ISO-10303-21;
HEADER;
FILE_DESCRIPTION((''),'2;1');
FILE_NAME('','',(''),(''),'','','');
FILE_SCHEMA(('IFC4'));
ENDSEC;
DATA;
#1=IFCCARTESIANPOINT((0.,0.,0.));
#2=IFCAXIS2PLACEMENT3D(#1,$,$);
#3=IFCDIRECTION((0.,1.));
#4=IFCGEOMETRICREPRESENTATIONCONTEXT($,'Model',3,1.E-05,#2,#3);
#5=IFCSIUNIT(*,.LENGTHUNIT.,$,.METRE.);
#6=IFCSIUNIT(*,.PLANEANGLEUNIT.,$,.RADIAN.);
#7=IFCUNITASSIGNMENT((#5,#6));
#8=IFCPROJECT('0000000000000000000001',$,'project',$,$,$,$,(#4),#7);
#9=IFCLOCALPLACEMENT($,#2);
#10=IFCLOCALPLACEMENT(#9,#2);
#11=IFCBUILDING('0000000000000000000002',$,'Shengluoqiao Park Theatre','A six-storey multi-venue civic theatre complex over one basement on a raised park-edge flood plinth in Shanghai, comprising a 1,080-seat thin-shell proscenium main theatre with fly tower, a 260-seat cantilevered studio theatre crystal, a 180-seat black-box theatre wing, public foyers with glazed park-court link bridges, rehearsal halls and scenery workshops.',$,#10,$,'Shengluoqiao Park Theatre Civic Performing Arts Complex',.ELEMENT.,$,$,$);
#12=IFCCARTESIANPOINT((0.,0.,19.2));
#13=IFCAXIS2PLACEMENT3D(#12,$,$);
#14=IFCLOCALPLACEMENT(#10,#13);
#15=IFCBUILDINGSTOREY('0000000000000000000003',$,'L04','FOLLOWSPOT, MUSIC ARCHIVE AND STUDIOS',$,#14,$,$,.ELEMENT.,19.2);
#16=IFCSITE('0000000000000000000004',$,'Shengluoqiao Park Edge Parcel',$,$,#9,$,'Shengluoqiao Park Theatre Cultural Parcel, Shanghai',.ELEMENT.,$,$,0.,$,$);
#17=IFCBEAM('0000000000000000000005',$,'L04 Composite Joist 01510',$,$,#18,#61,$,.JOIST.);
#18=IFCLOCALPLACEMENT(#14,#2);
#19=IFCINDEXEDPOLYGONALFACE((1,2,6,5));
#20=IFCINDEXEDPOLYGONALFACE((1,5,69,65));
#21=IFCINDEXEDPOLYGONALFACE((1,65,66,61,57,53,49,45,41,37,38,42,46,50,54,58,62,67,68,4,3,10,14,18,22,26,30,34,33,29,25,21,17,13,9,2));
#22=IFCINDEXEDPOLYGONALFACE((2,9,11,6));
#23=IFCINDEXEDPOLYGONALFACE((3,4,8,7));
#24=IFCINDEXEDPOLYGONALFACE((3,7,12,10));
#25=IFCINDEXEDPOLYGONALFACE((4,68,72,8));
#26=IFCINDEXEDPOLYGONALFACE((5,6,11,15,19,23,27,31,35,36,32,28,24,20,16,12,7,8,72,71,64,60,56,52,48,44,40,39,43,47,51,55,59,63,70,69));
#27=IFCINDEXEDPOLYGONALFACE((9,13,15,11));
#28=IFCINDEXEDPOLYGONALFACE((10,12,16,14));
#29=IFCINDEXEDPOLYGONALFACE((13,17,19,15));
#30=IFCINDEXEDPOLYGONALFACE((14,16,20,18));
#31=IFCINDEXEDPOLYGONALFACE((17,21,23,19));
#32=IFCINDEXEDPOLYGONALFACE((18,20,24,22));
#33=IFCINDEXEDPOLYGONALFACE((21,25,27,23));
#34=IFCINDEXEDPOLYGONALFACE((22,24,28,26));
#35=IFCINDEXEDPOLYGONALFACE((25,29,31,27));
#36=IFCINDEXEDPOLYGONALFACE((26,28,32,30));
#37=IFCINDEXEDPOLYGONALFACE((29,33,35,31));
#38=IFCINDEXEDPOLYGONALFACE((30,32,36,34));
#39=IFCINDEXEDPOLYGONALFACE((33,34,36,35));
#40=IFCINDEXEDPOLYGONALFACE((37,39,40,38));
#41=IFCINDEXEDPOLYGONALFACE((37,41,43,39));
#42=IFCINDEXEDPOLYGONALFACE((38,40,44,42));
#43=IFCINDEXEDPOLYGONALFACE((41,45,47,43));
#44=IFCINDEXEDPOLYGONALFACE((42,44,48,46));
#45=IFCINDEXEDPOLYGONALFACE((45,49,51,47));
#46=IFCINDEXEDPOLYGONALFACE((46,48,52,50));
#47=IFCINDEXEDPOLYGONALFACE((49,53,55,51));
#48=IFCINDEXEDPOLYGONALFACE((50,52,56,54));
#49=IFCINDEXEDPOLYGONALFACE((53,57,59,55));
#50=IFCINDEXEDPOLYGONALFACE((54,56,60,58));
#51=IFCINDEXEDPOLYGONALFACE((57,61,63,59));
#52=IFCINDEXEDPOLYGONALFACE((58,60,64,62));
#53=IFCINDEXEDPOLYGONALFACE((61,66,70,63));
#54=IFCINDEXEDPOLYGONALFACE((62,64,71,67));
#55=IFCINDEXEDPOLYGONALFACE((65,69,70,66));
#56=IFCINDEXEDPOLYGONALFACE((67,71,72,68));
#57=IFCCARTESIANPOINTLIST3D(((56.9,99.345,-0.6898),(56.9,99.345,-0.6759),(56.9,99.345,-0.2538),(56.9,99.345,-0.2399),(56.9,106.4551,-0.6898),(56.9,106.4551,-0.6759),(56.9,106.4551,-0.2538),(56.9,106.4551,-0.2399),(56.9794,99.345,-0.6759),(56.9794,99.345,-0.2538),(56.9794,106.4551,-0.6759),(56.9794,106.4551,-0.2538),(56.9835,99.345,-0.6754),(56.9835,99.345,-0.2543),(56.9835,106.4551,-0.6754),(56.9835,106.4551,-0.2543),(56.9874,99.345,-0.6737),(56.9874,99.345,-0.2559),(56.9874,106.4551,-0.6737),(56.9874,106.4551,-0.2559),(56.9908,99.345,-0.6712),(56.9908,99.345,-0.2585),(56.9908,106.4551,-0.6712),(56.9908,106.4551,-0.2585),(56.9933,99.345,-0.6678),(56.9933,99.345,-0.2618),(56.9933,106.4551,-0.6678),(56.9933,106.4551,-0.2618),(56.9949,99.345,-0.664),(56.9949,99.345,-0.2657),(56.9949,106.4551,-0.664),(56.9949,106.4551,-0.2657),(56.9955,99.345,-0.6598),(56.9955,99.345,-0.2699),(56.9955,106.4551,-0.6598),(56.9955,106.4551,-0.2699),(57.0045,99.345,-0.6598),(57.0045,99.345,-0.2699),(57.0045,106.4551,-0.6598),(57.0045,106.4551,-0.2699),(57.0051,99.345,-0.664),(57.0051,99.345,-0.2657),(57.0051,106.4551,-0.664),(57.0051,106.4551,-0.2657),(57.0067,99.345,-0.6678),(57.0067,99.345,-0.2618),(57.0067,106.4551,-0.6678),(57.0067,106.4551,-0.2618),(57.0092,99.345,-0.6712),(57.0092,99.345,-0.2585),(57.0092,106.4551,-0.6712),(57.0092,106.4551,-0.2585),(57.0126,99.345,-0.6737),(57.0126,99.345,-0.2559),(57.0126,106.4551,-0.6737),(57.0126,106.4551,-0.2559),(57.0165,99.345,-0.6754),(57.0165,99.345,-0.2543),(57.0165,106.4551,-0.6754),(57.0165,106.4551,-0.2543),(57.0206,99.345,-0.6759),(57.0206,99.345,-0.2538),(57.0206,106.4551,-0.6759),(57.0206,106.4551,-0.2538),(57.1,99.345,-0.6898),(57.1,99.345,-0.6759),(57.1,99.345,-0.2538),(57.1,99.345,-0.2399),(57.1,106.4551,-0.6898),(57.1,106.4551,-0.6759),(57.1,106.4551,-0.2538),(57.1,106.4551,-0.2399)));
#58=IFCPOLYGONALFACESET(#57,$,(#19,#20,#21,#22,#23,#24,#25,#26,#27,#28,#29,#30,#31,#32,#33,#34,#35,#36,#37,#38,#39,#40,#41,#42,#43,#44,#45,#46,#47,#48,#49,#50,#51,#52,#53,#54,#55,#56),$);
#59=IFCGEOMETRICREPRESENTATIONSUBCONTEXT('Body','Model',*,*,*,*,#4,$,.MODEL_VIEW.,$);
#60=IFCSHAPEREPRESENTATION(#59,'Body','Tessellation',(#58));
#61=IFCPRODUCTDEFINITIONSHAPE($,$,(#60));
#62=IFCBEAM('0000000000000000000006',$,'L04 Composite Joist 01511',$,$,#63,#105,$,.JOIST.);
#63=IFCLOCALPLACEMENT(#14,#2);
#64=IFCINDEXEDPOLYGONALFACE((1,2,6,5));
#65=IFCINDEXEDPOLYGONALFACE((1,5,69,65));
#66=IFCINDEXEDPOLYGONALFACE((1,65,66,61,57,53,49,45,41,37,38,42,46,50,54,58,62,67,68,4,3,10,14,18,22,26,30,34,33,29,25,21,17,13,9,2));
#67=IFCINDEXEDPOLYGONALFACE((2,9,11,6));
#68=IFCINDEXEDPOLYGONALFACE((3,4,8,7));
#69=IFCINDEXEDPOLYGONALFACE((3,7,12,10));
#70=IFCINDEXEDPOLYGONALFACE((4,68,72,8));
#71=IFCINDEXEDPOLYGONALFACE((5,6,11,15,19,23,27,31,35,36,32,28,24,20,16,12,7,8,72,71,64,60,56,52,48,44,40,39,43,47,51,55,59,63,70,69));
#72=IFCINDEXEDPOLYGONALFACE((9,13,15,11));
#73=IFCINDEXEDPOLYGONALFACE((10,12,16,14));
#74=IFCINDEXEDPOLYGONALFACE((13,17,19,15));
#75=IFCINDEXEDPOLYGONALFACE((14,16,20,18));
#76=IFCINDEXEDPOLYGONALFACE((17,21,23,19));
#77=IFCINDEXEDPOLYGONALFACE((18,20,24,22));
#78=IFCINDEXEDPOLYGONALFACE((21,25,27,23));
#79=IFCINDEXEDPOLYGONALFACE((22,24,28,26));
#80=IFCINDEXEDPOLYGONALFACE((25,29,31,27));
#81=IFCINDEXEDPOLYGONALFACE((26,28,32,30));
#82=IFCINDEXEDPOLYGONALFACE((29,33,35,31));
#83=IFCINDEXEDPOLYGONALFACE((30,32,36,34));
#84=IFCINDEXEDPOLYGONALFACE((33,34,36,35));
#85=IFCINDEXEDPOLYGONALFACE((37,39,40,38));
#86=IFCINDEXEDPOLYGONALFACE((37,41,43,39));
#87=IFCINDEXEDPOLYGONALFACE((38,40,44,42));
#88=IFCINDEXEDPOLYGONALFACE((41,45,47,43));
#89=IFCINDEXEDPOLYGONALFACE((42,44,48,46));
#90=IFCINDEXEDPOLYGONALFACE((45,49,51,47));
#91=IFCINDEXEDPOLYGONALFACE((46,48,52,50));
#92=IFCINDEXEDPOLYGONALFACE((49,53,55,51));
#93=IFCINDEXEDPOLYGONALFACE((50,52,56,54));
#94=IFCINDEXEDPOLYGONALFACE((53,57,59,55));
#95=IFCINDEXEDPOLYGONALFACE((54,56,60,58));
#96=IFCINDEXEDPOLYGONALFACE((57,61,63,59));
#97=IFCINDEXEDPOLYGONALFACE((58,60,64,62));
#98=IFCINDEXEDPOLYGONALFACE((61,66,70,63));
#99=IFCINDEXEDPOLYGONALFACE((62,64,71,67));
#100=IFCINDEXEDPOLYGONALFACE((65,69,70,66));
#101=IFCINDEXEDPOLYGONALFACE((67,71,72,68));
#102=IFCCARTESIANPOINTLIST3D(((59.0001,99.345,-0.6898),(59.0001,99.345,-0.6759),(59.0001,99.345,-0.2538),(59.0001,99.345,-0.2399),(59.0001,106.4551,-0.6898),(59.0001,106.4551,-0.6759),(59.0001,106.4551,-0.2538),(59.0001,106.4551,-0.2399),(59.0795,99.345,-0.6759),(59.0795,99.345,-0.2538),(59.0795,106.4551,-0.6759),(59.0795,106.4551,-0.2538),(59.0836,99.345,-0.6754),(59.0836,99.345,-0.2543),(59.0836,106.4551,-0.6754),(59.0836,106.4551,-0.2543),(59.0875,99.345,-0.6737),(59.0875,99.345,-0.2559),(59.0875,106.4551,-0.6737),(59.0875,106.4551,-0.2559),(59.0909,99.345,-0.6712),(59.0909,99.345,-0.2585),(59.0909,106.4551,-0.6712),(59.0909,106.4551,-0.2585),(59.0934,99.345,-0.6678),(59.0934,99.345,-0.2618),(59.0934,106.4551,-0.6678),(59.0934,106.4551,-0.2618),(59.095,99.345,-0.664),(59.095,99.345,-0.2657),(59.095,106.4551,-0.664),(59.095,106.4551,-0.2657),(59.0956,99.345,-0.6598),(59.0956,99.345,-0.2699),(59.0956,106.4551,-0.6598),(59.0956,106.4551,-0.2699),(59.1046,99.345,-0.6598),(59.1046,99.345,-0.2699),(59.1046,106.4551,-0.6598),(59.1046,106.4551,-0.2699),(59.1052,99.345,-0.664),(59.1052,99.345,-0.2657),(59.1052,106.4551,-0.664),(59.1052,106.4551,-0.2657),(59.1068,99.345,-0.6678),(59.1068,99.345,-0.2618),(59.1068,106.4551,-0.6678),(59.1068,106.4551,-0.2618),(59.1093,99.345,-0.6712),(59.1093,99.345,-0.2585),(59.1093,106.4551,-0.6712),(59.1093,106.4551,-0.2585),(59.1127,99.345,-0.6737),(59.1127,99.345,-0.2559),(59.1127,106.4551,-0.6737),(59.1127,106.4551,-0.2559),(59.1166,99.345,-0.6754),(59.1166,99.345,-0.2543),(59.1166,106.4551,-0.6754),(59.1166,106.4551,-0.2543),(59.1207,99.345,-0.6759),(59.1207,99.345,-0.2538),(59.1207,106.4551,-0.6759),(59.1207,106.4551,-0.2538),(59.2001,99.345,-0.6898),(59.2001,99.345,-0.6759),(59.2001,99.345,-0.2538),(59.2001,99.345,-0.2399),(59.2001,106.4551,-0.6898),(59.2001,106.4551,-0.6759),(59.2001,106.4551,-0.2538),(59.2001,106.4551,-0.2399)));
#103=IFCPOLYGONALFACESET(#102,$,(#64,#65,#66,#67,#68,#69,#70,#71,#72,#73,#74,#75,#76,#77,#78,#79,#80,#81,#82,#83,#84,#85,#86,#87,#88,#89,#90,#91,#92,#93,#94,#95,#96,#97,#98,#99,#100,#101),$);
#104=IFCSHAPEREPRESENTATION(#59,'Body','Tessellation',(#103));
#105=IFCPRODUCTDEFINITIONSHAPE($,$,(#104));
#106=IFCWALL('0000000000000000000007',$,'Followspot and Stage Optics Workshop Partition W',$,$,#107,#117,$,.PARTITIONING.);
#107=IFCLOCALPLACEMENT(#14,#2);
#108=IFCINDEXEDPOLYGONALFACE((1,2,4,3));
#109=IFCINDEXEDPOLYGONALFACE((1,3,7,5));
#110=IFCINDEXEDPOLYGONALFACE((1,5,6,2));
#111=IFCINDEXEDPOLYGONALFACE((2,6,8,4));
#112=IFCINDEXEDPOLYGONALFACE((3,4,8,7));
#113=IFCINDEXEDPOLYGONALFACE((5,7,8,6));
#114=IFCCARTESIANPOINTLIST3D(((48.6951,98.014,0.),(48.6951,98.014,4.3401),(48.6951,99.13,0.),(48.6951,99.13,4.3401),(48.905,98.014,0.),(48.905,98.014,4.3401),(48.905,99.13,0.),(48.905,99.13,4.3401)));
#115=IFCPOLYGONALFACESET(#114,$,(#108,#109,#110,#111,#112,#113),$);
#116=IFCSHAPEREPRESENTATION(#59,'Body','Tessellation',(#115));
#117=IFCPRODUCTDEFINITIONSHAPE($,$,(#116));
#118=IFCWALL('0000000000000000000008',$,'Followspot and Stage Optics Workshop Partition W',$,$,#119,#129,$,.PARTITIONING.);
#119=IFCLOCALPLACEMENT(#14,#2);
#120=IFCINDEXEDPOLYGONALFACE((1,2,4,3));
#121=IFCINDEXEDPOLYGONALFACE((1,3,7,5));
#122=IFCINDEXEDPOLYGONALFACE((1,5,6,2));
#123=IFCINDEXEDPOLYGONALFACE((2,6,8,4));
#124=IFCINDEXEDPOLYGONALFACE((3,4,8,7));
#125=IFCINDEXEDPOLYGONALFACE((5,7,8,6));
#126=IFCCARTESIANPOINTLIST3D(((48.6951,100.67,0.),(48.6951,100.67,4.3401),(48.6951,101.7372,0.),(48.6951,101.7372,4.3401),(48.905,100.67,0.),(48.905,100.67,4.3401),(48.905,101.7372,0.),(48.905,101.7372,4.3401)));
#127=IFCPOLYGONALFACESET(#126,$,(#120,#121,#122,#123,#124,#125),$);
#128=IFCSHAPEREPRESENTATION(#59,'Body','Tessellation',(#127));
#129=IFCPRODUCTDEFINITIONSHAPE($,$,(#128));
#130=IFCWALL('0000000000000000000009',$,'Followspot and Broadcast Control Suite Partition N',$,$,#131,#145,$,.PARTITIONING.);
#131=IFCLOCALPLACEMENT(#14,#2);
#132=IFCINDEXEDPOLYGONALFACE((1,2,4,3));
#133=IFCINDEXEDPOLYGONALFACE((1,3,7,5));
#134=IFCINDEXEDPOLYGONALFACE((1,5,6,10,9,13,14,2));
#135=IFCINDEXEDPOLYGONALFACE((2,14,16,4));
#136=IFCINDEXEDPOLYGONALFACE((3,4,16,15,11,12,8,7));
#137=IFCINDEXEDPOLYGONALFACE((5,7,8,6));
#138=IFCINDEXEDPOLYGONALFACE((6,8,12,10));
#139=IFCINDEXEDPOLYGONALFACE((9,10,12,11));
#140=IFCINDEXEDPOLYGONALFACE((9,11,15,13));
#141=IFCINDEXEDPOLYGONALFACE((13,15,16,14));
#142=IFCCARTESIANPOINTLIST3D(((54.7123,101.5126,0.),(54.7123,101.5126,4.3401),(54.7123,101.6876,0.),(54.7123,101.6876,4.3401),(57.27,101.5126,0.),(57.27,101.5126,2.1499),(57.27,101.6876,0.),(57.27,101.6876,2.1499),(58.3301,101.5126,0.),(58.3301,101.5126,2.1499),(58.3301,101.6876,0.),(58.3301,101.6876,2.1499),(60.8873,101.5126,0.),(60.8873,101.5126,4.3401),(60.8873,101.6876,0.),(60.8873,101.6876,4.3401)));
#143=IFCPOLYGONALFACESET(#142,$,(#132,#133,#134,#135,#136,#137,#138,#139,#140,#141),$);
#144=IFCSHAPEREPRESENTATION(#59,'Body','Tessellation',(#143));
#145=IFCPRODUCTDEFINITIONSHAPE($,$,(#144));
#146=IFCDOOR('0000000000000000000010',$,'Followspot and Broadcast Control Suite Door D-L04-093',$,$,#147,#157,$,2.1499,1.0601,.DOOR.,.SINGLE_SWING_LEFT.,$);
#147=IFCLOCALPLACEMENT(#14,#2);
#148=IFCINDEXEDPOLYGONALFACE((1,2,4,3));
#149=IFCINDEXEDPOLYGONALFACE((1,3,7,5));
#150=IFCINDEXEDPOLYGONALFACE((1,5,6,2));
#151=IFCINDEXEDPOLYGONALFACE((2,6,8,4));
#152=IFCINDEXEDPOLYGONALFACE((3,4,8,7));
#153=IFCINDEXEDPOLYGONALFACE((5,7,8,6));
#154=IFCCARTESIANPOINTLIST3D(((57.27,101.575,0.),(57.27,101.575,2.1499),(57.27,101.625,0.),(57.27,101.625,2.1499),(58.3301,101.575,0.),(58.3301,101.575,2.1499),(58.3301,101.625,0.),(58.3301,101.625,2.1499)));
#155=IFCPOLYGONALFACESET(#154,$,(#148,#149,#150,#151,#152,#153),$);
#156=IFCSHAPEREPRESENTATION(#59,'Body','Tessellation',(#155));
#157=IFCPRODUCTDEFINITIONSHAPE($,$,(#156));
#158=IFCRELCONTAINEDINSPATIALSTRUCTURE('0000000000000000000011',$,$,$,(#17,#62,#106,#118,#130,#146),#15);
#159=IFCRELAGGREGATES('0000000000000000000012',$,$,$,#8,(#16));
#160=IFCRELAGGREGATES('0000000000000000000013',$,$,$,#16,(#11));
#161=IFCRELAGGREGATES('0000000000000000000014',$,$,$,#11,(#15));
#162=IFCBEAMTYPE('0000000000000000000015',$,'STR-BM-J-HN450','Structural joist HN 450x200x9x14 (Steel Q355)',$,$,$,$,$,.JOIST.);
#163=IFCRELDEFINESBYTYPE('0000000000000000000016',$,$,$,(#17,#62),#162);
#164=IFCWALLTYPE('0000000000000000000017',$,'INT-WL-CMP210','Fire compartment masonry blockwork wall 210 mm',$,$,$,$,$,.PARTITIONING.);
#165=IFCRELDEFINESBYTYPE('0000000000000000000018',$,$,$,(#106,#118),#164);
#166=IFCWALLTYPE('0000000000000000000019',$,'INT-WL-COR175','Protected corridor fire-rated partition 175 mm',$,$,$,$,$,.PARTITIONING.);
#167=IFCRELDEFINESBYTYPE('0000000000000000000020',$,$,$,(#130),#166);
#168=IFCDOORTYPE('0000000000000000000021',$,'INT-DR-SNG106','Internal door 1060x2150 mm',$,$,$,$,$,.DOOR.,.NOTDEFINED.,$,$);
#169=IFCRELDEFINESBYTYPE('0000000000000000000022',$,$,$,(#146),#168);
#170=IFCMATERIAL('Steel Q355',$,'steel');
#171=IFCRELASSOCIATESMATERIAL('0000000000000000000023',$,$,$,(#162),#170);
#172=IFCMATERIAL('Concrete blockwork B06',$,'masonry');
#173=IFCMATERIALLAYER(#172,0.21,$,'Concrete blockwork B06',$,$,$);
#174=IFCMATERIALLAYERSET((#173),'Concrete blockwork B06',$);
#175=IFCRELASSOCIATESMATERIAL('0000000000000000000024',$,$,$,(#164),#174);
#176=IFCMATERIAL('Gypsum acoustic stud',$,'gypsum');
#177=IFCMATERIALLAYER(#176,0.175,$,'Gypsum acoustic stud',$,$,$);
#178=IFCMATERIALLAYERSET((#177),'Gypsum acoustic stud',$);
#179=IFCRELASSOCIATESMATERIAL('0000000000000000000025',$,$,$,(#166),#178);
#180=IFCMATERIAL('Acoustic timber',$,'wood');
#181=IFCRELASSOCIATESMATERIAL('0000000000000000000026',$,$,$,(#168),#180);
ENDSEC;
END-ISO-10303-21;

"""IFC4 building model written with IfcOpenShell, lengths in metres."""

from ifc_helpers import new_model, si_unit, direction, frame, frame_2d, origin, origin_2d, place, context, subcontext, project, spatial, rectangle, i_section, extrude, material, layer, layer_set, material_profile, profile_set, type_object, element, fill, save


model = new_model("IFC4")

# Units and contexts
model_context = context("Model", 3, precision=1e-05, world=origin(), true_north=direction((0.0, 1.0)))
body_context = subcontext(model_context, "Body", "Model", "MODEL_VIEW")
ifc_project = project(units=[si_unit("LENGTHUNIT", "METRE"), si_unit("PLANEANGLEUNIT", "RADIAN")], contexts=[model_context])

# Site, building, storey
site_placement = place(None, origin())
site = spatial("IfcSite", under=ifc_project, at=site_placement, Name="Shengluoqiao Park Edge Parcel", LongName="Shengluoqiao Park Theatre Cultural Parcel, Shanghai", CompositionType="ELEMENT", RefElevation=0.0)
building_placement = place(site_placement, origin())
building = spatial("IfcBuilding", under=site, at=building_placement, Name="Shengluoqiao Park Theatre", Description="A six-storey multi-venue civic theatre complex over one basement on a raised park-edge flood plinth in Shanghai, comprising a 1,080-seat thin-shell proscenium main theatre with fly tower, a 260-seat cantilevered studio theatre crystal, a 180-seat black-box theatre wing, public foyers with glazed park-court link bridges, rehearsal halls and scenery workshops.", LongName="Shengluoqiao Park Theatre Civic Performing Arts Complex", CompositionType="ELEMENT")
storey_placement = place(building_placement, frame((0.0, 0.0, 19.2)))
storey = spatial("IfcBuildingStorey", under=building, at=storey_placement, Name="L04", Description="FOLLOWSPOT, MUSIC ARCHIVE AND STUDIOS", CompositionType="ELEMENT", Elevation=19.2)

# Beams
ifc_material_1 = material(Name="Steel Q355", Category="steel")
ifc_material_profile_1 = material_profile(ifc_material_1, i_section(OverallWidth=0.2, OverallDepth=0.45, WebThickness=0.009, FlangeThickness=0.0139, FilletRadius=0.0161, at=origin_2d()), Name="HN 450x200x9x14")
ifc_profile_set_1 = profile_set([ifc_material_profile_1], Name="Steel Q355")
beam_type_1 = type_object("IfcBeamType", Name="STR-BM-J-HN450", Description="Structural joist HN 450x200x9x14 (Steel Q355)", PredefinedType="JOIST", material=ifc_profile_set_1)
for number, where, z_axis, x_axis, name in (
    (1, (57.0, 99.345, -0.4648), (0.0, 1.0, 0.0), (-1.0, 0.0, 0.0), "L04 Composite Joist 01510"),
    (2, (59.1001, 99.345, -0.4648), (0.0, 1.0, 0.0), (-1.0, 0.0, 0.0), "L04 Composite Joist 01511"),
):
    element("IfcBeam", number, at=place(storey_placement, frame(where, z_axis=z_axis, x_axis=x_axis)), inside=storey, type_object=beam_type_1, Name=name, PredefinedType="JOIST", context=body_context, shape_type="SweptSolid", body=[
        extrude(i_section(OverallWidth=0.2, OverallDepth=0.45, WebThickness=0.009, FlangeThickness=0.0139, FilletRadius=0.0161, at=origin_2d()), origin(), (0.0, 0.0, 1.0), 7.1101),
    ])

# Walls
ifc_material_2 = material(Name="Concrete blockwork B06", Category="masonry")
ifc_layer_1 = layer(ifc_material_2, 0.21, Name="Concrete blockwork B06")
ifc_layer_set_1 = layer_set([ifc_layer_1], Name="Concrete blockwork B06")
wall_type_1 = type_object("IfcWallType", Name="INT-WL-CMP210", Description="Fire compartment masonry blockwork wall 210 mm", PredefinedType="PARTITIONING", material=ifc_layer_set_1)
wall_1_placement = place(storey_placement, frame((48.8, 98.0139, 0.0), z_axis=(0.0, 0.0, 1.0), x_axis=(0.0, 1.0, 0.0)))
element("IfcWall", 3, at=wall_1_placement, inside=storey, type_object=wall_type_1, Name="Followspot and Stage Optics Workshop Partition W", PredefinedType="PARTITIONING", context=body_context, shape_type="SweptSolid", body=[
    extrude(rectangle(XDim=1.116, YDim=0.21, at=frame_2d((0.5581, 0.0))), origin(), (0.0, 0.0, 1.0), 4.3401),
])
wall_2_placement = place(storey_placement, frame((48.8, 100.6699, 0.0), z_axis=(0.0, 0.0, 1.0), x_axis=(0.0, 1.0, 0.0)))
element("IfcWall", 4, at=wall_2_placement, inside=storey, type_object=wall_type_1, Name="Followspot and Stage Optics Workshop Partition W", PredefinedType="PARTITIONING", context=body_context, shape_type="SweptSolid", body=[
    extrude(rectangle(XDim=1.0671, YDim=0.21, at=frame_2d((0.5337, 0.0))), origin(), (0.0, 0.0, 1.0), 4.3401),
])

# Wall, opening, door
ifc_material_3 = material(Name="Gypsum acoustic stud", Category="gypsum")
ifc_layer_2 = layer(ifc_material_3, 0.175, Name="Gypsum acoustic stud")
ifc_layer_set_2 = layer_set([ifc_layer_2], Name="Gypsum acoustic stud")
wall_type_2 = type_object("IfcWallType", Name="INT-WL-COR175", Description="Protected corridor fire-rated partition 175 mm", PredefinedType="PARTITIONING", material=ifc_layer_set_2)
wall_3_placement = place(storey_placement, frame((54.7124, 101.6001, 0.0), z_axis=(0.0, 0.0, 1.0), x_axis=(1.0, 0.0, 0.0)))
wall_3 = element("IfcWall", 5, at=wall_3_placement, inside=storey, type_object=wall_type_2, Name="Followspot and Broadcast Control Suite Partition N", PredefinedType="PARTITIONING", context=body_context, shape_type="SweptSolid", body=[
    extrude(rectangle(XDim=6.175, YDim=0.175, at=frame_2d((3.0874, 0.0))), origin(), (0.0, 0.0, 1.0), 4.3401),
])
opening_1_placement = place(wall_3_placement, frame((2.5576, 0.0, 0.0)))
opening_1 = element("IfcOpeningElement", 6, at=opening_1_placement, cuts=wall_3, PredefinedType="OPENING", context=body_context, shape_type="SweptSolid", body=[
    extrude(rectangle(XDim=1.0601, YDim=2.1499, at=frame_2d((0.53, 1.075))), frame((0.0, 0.0974, 0.0), z_axis=(0.0, -1.0, 0.0), x_axis=(1.0, 0.0, 0.0)), (0.0, 0.0, 1.0), 0.1951),
])
ifc_material_4 = material(Name="Acoustic timber", Category="wood")
door_type_1 = type_object("IfcDoorType", Name="INT-DR-SNG106", Description="Internal door 1060x2150 mm", OperationType="NOTDEFINED", PredefinedType="DOOR", material=ifc_material_4)
door_1_placement = place(opening_1_placement, origin())
door_1 = element("IfcDoor", 7, at=door_1_placement, inside=storey, type_object=door_type_1, Name="Followspot and Broadcast Control Suite Door D-L04-093", OperationType="SINGLE_SWING_LEFT", OverallHeight=2.1499, OverallWidth=1.0601, PredefinedType="DOOR", context=body_context, shape_type="SweptSolid", body=[
    extrude(rectangle(XDim=1.0601, YDim=2.1499, at=frame_2d((0.53, 1.075))), frame((0.0, 0.0249, 0.0), z_axis=(0.0, -1.0, 0.0), x_axis=(1.0, 0.0, 0.0)), (0.0, 0.0, 1.0), 0.05),
])
fill(opening_1, door_1)

save(model, "model.ifc")
